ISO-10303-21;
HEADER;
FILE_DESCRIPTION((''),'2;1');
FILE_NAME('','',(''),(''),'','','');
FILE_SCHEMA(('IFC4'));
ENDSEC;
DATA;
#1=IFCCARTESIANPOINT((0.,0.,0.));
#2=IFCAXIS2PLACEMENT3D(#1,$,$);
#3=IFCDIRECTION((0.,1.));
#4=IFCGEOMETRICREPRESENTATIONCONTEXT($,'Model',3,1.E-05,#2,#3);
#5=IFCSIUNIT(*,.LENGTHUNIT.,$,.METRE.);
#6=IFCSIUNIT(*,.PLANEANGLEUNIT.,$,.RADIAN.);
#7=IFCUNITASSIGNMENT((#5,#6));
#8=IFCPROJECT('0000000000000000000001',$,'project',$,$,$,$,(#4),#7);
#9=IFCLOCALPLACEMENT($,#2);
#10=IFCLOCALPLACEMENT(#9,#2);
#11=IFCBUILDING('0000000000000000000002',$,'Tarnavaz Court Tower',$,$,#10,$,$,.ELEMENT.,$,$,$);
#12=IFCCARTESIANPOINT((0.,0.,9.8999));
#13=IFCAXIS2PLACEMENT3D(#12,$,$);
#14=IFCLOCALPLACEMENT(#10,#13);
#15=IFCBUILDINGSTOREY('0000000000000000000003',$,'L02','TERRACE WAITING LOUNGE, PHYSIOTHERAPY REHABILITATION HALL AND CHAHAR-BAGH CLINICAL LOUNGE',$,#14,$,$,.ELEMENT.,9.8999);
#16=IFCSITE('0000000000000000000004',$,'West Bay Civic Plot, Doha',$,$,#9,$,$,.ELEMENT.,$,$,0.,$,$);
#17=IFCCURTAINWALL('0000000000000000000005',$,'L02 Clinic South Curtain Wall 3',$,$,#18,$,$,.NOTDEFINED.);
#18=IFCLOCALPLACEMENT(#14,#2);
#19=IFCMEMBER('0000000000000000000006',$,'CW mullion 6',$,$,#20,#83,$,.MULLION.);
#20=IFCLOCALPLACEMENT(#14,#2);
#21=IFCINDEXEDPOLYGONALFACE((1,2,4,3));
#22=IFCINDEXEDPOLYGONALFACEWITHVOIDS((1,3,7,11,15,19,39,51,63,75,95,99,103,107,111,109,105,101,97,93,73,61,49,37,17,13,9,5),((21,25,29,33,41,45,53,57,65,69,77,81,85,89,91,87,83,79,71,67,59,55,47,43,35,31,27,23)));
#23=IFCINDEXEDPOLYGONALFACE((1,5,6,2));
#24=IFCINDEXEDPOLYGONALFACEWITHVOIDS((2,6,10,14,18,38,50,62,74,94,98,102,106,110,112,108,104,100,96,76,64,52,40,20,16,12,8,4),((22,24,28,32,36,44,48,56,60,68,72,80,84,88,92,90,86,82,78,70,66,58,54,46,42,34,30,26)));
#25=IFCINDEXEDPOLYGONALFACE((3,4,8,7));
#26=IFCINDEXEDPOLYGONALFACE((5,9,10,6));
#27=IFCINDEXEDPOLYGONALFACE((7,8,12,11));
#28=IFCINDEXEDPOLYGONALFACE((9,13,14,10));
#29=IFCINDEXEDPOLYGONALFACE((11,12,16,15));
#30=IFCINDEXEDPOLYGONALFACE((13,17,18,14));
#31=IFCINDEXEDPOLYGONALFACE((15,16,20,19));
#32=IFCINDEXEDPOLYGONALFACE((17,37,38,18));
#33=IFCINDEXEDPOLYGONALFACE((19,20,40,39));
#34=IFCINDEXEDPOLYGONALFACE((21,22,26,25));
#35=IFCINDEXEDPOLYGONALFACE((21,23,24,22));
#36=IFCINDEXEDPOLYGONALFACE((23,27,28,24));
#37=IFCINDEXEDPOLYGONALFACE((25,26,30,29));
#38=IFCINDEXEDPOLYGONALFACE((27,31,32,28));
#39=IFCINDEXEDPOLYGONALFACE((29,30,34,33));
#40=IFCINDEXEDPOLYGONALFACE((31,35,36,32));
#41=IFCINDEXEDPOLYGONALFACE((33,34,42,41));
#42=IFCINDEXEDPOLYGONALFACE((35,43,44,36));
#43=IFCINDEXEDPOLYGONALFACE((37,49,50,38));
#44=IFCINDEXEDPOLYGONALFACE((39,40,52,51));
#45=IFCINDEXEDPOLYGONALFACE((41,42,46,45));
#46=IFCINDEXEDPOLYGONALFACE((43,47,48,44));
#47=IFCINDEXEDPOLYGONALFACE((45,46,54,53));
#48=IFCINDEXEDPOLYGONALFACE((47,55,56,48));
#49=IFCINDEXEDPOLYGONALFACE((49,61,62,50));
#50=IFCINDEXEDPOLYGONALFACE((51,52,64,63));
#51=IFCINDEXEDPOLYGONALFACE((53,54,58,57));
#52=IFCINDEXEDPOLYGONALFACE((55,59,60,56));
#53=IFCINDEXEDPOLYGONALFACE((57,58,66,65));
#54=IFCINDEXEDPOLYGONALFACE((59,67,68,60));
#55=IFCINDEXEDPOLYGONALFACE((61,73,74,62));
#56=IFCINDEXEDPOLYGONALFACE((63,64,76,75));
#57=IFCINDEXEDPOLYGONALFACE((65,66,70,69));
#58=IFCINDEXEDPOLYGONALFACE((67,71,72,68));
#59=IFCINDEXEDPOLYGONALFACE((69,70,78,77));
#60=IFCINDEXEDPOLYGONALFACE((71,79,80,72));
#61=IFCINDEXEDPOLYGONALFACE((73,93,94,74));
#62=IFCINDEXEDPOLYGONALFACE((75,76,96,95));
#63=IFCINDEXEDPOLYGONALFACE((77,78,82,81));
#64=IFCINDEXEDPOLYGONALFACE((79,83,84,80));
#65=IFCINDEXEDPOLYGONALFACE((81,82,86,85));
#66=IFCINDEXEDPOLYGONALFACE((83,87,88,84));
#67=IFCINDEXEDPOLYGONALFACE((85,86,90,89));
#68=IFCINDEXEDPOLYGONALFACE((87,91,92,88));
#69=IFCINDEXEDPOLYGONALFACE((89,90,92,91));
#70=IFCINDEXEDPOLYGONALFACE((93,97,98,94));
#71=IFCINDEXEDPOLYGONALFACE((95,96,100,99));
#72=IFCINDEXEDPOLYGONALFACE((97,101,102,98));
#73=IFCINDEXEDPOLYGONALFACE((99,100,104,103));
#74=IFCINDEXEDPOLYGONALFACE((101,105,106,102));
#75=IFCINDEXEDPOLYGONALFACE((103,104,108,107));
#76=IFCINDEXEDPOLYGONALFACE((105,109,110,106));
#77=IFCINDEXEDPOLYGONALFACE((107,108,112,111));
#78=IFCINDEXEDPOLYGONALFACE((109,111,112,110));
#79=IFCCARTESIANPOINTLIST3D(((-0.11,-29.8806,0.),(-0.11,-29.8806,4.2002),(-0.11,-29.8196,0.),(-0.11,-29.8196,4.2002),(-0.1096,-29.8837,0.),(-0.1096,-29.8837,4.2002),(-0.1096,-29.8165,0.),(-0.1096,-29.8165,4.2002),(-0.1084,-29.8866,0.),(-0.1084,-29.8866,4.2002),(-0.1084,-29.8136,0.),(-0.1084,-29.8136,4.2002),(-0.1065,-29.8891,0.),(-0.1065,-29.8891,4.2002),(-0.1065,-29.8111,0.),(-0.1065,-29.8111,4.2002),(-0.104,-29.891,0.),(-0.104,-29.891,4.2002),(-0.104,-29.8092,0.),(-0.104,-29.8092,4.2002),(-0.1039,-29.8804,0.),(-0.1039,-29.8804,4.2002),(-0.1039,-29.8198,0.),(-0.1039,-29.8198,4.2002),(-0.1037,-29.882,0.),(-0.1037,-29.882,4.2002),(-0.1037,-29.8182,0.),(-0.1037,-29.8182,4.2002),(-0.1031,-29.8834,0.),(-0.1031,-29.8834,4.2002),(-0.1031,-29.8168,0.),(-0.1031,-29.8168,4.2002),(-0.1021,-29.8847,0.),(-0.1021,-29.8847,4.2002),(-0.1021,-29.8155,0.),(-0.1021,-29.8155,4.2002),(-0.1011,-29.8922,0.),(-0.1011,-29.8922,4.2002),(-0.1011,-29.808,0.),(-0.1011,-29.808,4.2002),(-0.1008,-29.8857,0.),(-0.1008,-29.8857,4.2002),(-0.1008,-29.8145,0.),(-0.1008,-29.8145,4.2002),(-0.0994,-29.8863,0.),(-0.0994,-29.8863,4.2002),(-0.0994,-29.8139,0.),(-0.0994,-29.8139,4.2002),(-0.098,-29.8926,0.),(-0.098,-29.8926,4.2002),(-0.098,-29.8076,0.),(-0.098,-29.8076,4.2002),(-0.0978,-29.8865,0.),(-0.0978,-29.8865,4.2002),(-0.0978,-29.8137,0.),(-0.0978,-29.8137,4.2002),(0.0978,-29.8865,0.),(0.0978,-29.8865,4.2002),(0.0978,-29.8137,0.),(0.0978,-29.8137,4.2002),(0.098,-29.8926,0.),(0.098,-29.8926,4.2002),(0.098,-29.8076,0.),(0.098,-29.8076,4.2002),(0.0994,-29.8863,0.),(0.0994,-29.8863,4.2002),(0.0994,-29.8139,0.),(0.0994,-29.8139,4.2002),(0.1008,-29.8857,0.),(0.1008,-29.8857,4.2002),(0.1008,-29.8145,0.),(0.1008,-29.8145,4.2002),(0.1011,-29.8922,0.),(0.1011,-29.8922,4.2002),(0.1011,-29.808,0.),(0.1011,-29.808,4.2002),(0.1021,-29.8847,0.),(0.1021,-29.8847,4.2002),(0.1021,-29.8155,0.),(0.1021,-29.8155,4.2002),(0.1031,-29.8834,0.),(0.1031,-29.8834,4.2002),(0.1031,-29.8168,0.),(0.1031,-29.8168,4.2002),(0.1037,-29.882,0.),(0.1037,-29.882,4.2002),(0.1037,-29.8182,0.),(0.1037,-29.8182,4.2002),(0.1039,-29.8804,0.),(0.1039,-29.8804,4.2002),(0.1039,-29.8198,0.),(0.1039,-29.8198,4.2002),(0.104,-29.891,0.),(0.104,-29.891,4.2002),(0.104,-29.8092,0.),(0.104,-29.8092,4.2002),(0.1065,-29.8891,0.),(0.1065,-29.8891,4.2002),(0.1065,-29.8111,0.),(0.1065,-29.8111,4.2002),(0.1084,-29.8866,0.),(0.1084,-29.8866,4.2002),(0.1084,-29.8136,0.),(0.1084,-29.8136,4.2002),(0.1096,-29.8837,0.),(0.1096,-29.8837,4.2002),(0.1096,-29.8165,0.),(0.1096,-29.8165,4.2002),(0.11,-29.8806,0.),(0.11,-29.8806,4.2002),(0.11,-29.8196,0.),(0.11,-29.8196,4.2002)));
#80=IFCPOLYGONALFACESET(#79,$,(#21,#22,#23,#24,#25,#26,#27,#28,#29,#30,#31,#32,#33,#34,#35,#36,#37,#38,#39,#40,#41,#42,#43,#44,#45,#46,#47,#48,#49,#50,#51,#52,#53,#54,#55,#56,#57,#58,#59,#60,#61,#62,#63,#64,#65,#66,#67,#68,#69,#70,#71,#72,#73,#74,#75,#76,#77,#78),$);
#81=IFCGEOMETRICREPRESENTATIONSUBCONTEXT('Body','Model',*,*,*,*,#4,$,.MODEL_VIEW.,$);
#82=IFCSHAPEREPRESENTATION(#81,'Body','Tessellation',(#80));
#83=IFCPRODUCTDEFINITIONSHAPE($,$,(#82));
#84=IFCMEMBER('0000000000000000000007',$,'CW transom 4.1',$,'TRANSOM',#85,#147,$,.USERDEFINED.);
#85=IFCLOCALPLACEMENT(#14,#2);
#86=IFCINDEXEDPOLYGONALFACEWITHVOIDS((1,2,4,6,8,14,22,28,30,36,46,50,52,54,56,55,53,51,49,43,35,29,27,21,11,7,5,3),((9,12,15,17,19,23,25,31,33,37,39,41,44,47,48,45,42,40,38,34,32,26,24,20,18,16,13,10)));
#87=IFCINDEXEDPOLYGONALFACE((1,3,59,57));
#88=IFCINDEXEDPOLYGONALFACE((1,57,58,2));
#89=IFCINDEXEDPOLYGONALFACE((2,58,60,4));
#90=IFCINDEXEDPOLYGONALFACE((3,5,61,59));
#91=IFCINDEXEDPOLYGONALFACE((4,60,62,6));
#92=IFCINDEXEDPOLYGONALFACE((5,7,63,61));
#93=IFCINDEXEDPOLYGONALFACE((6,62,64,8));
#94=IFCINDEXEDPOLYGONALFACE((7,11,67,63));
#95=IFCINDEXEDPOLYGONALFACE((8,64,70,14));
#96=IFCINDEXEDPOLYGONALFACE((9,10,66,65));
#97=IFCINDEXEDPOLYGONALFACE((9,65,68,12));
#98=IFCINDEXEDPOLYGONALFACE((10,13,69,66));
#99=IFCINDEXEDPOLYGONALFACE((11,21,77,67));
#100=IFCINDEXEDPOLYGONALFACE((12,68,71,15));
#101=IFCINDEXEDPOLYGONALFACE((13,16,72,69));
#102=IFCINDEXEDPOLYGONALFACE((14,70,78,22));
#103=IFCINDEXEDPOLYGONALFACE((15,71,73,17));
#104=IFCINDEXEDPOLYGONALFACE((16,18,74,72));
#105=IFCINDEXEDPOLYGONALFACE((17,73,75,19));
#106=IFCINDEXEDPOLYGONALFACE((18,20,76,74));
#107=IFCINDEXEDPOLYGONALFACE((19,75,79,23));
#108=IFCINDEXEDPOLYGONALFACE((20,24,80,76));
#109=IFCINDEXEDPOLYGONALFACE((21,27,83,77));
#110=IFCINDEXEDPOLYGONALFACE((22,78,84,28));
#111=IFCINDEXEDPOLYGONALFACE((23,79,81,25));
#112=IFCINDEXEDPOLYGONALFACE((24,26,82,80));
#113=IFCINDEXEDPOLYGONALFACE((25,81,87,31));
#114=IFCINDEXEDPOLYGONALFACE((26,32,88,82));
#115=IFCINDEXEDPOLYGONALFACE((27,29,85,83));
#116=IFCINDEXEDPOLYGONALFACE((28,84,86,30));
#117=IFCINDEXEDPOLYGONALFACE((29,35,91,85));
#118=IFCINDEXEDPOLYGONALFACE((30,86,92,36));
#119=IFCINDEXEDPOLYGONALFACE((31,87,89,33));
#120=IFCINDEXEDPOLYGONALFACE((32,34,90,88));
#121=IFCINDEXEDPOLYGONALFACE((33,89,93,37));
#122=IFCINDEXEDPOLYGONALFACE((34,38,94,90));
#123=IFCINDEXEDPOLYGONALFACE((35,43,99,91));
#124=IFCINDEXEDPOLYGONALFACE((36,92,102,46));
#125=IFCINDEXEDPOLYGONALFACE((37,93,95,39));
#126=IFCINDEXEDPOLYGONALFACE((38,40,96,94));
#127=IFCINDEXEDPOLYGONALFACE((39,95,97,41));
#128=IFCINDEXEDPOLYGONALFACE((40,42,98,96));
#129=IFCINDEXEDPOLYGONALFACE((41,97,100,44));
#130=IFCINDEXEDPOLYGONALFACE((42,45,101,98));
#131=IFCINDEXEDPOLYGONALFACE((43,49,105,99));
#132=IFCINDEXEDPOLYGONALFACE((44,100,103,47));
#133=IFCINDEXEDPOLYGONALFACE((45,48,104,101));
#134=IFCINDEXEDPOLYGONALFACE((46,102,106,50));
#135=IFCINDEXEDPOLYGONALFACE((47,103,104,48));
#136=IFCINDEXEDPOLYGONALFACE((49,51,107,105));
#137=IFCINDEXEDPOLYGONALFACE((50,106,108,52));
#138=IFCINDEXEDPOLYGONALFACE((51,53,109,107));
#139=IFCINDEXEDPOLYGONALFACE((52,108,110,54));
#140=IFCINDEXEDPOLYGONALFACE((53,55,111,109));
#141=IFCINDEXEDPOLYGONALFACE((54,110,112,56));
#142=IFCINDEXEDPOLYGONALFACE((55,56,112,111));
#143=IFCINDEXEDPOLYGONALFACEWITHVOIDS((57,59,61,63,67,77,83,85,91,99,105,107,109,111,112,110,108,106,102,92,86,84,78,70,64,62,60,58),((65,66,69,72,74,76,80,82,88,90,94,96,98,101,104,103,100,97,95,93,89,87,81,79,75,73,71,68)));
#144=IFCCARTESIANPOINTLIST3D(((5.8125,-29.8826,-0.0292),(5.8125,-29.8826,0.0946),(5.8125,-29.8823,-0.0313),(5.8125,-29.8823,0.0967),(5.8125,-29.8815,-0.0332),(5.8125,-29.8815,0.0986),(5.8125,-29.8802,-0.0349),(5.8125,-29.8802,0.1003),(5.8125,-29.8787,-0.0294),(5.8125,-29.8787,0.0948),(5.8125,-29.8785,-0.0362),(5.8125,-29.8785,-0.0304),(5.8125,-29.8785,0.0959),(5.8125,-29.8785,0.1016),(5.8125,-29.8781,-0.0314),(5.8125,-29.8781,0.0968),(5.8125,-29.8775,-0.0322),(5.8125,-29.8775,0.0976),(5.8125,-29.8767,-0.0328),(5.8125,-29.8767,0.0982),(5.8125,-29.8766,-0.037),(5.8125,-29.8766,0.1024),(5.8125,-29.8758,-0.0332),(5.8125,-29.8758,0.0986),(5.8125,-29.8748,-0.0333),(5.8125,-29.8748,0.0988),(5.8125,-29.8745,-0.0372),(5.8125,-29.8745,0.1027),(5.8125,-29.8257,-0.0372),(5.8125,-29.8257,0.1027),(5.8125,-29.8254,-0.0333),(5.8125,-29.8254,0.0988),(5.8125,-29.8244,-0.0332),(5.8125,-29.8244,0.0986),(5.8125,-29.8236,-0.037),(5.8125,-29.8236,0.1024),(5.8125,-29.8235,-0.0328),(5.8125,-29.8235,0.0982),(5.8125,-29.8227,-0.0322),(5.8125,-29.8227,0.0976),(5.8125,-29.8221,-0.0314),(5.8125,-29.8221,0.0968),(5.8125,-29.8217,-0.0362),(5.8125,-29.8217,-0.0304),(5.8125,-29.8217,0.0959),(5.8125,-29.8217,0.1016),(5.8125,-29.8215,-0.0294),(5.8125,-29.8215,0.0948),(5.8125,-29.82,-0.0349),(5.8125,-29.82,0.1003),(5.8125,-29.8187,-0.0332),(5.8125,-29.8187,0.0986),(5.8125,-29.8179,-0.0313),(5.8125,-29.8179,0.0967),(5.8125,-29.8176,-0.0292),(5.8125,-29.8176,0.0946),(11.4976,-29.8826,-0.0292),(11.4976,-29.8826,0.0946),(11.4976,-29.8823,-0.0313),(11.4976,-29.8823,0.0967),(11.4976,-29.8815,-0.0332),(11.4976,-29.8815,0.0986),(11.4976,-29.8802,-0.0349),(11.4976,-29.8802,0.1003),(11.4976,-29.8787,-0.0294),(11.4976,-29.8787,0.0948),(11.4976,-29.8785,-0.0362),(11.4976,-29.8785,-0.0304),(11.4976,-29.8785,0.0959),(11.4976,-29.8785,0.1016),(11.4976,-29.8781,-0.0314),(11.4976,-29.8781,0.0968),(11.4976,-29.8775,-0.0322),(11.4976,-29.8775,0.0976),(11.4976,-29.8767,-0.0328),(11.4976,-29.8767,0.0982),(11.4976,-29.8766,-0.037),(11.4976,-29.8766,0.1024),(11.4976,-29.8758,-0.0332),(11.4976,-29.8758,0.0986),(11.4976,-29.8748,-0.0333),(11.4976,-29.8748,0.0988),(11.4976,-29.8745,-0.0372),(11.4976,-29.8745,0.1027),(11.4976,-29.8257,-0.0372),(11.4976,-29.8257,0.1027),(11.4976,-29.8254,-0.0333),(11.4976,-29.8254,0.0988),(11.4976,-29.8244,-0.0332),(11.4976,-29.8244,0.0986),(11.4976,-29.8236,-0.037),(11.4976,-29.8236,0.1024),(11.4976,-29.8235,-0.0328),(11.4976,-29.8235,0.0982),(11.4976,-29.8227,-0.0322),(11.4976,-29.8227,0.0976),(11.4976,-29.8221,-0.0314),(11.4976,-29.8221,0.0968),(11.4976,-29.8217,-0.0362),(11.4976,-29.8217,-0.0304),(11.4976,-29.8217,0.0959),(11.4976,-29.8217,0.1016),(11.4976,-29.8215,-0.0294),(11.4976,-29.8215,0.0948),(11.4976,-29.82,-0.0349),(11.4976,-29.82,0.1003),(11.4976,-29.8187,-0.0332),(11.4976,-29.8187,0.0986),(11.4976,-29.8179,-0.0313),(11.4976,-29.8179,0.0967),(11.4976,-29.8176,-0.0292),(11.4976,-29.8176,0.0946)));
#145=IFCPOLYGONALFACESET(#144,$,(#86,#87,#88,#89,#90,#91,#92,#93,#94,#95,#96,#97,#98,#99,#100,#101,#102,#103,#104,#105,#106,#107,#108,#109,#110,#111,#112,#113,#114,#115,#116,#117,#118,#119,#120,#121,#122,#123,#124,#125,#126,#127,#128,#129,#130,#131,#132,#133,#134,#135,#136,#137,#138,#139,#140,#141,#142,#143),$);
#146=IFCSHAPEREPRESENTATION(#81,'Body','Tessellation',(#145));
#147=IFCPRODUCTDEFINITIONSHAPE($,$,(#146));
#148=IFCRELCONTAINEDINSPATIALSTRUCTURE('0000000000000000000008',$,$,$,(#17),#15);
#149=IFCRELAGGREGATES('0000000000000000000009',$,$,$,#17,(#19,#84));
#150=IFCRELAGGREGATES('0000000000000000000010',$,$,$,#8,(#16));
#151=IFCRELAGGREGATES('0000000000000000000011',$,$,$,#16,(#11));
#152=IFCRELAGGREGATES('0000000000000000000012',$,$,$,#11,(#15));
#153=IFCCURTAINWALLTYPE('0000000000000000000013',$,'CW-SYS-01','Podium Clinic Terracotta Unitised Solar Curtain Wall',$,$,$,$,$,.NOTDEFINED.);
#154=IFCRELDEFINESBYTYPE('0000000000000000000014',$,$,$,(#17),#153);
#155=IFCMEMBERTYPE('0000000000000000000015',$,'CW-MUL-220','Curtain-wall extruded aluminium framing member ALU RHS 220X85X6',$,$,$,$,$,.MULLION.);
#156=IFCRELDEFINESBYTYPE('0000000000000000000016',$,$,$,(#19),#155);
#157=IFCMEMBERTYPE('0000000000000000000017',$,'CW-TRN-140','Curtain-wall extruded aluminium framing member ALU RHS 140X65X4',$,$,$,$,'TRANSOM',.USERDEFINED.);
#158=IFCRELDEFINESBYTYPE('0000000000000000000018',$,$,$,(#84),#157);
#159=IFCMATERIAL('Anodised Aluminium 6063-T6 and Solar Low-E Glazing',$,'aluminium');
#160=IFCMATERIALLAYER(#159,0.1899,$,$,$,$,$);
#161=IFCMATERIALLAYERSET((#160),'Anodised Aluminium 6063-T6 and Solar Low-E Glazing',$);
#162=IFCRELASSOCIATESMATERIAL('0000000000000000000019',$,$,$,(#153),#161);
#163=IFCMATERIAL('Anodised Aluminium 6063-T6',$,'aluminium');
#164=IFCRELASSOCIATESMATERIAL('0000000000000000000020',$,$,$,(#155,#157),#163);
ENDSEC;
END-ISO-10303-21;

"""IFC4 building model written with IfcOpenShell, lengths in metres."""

from ifc_helpers import new_model, si_unit, direction, frame, origin, origin_2d, place, context, subcontext, project, spatial, hollow_rectangle, extrude, material, layer, layer_set, material_profile, profile_set, type_object, element, aggregate, save


model = new_model("IFC4")

# Units and contexts
model_context = context("Model", 3, precision=1e-05, world=origin(), true_north=direction((0.0, 1.0)))
body_context = subcontext(model_context, "Body", "Model", "MODEL_VIEW")
ifc_project = project(units=[si_unit("LENGTHUNIT", "METRE"), si_unit("PLANEANGLEUNIT", "RADIAN")], contexts=[model_context])

# Site, building, storey
site_placement = place(None, origin())
site = spatial("IfcSite", under=ifc_project, at=site_placement, Name="West Bay Civic Plot, Doha", CompositionType="ELEMENT", RefElevation=0.0)
building_placement = place(site_placement, origin())
building = spatial("IfcBuilding", under=site, at=building_placement, Name="Tarnavaz Court Tower", CompositionType="ELEMENT")
storey_placement = place(building_placement, frame((0.0, 0.0, 9.8999)))
storey = spatial("IfcBuildingStorey", under=building, at=storey_placement, Name="L02", Description="TERRACE WAITING LOUNGE, PHYSIOTHERAPY REHABILITATION HALL AND CHAHAR-BAGH CLINICAL LOUNGE", CompositionType="ELEMENT", Elevation=9.8999)

# Curtain wall, members
ifc_material_1 = material(Name="Anodised Aluminium 6063-T6 and Solar Low-E Glazing", Category="aluminium")
ifc_layer_1 = layer(ifc_material_1, 0.1899)
ifc_layer_set_1 = layer_set([ifc_layer_1], Name="Anodised Aluminium 6063-T6 and Solar Low-E Glazing")
curtain_wall_type = type_object("IfcCurtainWallType", Name="CW-SYS-01", Description="Podium Clinic Terracotta Unitised Solar Curtain Wall", PredefinedType="NOTDEFINED", material=ifc_layer_set_1)
curtain_wall_placement = place(storey_placement, origin())
curtain_wall = element("IfcCurtainWall", 1, at=curtain_wall_placement, inside=storey, type_object=curtain_wall_type, Name="L02 Clinic South Curtain Wall 3", PredefinedType="NOTDEFINED")
ifc_material_2 = material(Name="Anodised Aluminium 6063-T6", Category="aluminium")
ifc_material_profile_1 = material_profile(ifc_material_2, hollow_rectangle(XDim=0.085, YDim=0.22, WallThickness=0.0061, InnerFilletRadius=0.0061, OuterFilletRadius=0.012, at=origin_2d()), Name="ALU RHS 220X85X6")
ifc_profile_set_1 = profile_set([ifc_material_profile_1], Name="Anodised Aluminium 6063-T6")
member_type_1 = type_object("IfcMemberType", Name="CW-MUL-220", Description="Curtain-wall extruded aluminium framing member ALU RHS 220X85X6", PredefinedType="MULLION", material=ifc_profile_set_1)
member_1_placement = place(storey_placement, frame((0.0, -29.8501, 0.0), z_axis=(0.0, 0.0, 1.0), x_axis=(0.0, -1.0, 0.0)))
member_1 = element("IfcMember", 2, at=member_1_placement, type_object=member_type_1, Name="CW mullion 6", PredefinedType="MULLION", context=body_context, shape_type="SweptSolid", body=[
    extrude(hollow_rectangle(XDim=0.085, YDim=0.22, WallThickness=0.0061, InnerFilletRadius=0.0061, OuterFilletRadius=0.012, at=origin_2d()), origin(), (0.0, 0.0, 1.0), 4.2002),
])
ifc_material_profile_2 = material_profile(ifc_material_2, hollow_rectangle(XDim=0.0649, YDim=0.1399, WallThickness=0.0039, InnerFilletRadius=0.0039, OuterFilletRadius=0.0081, at=origin_2d()), Name="ALU RHS 140X65X4")
ifc_profile_set_2 = profile_set([ifc_material_profile_2], Name="Anodised Aluminium 6063-T6")
member_type_2 = type_object("IfcMemberType", Name="CW-TRN-140", Description="Curtain-wall extruded aluminium framing member ALU RHS 140X65X4", ElementType="TRANSOM", PredefinedType="USERDEFINED", material=ifc_profile_set_2)
member_2_placement = place(storey_placement, frame((11.4976, -29.8501, 0.0327), z_axis=(-1.0, 0.0, 0.0), x_axis=(0.0, -1.0, 0.0)))
member_2 = element("IfcMember", 3, at=member_2_placement, type_object=member_type_2, Name="CW transom 4.1", ObjectType="TRANSOM", PredefinedType="USERDEFINED", context=body_context, shape_type="SweptSolid", body=[
    extrude(hollow_rectangle(XDim=0.0649, YDim=0.1399, WallThickness=0.0039, InnerFilletRadius=0.0039, OuterFilletRadius=0.0081, at=origin_2d()), origin(), (0.0, 0.0, 1.0), 5.6851),
])
aggregate(curtain_wall, [member_1, member_2])

save(model, "model.ifc")
